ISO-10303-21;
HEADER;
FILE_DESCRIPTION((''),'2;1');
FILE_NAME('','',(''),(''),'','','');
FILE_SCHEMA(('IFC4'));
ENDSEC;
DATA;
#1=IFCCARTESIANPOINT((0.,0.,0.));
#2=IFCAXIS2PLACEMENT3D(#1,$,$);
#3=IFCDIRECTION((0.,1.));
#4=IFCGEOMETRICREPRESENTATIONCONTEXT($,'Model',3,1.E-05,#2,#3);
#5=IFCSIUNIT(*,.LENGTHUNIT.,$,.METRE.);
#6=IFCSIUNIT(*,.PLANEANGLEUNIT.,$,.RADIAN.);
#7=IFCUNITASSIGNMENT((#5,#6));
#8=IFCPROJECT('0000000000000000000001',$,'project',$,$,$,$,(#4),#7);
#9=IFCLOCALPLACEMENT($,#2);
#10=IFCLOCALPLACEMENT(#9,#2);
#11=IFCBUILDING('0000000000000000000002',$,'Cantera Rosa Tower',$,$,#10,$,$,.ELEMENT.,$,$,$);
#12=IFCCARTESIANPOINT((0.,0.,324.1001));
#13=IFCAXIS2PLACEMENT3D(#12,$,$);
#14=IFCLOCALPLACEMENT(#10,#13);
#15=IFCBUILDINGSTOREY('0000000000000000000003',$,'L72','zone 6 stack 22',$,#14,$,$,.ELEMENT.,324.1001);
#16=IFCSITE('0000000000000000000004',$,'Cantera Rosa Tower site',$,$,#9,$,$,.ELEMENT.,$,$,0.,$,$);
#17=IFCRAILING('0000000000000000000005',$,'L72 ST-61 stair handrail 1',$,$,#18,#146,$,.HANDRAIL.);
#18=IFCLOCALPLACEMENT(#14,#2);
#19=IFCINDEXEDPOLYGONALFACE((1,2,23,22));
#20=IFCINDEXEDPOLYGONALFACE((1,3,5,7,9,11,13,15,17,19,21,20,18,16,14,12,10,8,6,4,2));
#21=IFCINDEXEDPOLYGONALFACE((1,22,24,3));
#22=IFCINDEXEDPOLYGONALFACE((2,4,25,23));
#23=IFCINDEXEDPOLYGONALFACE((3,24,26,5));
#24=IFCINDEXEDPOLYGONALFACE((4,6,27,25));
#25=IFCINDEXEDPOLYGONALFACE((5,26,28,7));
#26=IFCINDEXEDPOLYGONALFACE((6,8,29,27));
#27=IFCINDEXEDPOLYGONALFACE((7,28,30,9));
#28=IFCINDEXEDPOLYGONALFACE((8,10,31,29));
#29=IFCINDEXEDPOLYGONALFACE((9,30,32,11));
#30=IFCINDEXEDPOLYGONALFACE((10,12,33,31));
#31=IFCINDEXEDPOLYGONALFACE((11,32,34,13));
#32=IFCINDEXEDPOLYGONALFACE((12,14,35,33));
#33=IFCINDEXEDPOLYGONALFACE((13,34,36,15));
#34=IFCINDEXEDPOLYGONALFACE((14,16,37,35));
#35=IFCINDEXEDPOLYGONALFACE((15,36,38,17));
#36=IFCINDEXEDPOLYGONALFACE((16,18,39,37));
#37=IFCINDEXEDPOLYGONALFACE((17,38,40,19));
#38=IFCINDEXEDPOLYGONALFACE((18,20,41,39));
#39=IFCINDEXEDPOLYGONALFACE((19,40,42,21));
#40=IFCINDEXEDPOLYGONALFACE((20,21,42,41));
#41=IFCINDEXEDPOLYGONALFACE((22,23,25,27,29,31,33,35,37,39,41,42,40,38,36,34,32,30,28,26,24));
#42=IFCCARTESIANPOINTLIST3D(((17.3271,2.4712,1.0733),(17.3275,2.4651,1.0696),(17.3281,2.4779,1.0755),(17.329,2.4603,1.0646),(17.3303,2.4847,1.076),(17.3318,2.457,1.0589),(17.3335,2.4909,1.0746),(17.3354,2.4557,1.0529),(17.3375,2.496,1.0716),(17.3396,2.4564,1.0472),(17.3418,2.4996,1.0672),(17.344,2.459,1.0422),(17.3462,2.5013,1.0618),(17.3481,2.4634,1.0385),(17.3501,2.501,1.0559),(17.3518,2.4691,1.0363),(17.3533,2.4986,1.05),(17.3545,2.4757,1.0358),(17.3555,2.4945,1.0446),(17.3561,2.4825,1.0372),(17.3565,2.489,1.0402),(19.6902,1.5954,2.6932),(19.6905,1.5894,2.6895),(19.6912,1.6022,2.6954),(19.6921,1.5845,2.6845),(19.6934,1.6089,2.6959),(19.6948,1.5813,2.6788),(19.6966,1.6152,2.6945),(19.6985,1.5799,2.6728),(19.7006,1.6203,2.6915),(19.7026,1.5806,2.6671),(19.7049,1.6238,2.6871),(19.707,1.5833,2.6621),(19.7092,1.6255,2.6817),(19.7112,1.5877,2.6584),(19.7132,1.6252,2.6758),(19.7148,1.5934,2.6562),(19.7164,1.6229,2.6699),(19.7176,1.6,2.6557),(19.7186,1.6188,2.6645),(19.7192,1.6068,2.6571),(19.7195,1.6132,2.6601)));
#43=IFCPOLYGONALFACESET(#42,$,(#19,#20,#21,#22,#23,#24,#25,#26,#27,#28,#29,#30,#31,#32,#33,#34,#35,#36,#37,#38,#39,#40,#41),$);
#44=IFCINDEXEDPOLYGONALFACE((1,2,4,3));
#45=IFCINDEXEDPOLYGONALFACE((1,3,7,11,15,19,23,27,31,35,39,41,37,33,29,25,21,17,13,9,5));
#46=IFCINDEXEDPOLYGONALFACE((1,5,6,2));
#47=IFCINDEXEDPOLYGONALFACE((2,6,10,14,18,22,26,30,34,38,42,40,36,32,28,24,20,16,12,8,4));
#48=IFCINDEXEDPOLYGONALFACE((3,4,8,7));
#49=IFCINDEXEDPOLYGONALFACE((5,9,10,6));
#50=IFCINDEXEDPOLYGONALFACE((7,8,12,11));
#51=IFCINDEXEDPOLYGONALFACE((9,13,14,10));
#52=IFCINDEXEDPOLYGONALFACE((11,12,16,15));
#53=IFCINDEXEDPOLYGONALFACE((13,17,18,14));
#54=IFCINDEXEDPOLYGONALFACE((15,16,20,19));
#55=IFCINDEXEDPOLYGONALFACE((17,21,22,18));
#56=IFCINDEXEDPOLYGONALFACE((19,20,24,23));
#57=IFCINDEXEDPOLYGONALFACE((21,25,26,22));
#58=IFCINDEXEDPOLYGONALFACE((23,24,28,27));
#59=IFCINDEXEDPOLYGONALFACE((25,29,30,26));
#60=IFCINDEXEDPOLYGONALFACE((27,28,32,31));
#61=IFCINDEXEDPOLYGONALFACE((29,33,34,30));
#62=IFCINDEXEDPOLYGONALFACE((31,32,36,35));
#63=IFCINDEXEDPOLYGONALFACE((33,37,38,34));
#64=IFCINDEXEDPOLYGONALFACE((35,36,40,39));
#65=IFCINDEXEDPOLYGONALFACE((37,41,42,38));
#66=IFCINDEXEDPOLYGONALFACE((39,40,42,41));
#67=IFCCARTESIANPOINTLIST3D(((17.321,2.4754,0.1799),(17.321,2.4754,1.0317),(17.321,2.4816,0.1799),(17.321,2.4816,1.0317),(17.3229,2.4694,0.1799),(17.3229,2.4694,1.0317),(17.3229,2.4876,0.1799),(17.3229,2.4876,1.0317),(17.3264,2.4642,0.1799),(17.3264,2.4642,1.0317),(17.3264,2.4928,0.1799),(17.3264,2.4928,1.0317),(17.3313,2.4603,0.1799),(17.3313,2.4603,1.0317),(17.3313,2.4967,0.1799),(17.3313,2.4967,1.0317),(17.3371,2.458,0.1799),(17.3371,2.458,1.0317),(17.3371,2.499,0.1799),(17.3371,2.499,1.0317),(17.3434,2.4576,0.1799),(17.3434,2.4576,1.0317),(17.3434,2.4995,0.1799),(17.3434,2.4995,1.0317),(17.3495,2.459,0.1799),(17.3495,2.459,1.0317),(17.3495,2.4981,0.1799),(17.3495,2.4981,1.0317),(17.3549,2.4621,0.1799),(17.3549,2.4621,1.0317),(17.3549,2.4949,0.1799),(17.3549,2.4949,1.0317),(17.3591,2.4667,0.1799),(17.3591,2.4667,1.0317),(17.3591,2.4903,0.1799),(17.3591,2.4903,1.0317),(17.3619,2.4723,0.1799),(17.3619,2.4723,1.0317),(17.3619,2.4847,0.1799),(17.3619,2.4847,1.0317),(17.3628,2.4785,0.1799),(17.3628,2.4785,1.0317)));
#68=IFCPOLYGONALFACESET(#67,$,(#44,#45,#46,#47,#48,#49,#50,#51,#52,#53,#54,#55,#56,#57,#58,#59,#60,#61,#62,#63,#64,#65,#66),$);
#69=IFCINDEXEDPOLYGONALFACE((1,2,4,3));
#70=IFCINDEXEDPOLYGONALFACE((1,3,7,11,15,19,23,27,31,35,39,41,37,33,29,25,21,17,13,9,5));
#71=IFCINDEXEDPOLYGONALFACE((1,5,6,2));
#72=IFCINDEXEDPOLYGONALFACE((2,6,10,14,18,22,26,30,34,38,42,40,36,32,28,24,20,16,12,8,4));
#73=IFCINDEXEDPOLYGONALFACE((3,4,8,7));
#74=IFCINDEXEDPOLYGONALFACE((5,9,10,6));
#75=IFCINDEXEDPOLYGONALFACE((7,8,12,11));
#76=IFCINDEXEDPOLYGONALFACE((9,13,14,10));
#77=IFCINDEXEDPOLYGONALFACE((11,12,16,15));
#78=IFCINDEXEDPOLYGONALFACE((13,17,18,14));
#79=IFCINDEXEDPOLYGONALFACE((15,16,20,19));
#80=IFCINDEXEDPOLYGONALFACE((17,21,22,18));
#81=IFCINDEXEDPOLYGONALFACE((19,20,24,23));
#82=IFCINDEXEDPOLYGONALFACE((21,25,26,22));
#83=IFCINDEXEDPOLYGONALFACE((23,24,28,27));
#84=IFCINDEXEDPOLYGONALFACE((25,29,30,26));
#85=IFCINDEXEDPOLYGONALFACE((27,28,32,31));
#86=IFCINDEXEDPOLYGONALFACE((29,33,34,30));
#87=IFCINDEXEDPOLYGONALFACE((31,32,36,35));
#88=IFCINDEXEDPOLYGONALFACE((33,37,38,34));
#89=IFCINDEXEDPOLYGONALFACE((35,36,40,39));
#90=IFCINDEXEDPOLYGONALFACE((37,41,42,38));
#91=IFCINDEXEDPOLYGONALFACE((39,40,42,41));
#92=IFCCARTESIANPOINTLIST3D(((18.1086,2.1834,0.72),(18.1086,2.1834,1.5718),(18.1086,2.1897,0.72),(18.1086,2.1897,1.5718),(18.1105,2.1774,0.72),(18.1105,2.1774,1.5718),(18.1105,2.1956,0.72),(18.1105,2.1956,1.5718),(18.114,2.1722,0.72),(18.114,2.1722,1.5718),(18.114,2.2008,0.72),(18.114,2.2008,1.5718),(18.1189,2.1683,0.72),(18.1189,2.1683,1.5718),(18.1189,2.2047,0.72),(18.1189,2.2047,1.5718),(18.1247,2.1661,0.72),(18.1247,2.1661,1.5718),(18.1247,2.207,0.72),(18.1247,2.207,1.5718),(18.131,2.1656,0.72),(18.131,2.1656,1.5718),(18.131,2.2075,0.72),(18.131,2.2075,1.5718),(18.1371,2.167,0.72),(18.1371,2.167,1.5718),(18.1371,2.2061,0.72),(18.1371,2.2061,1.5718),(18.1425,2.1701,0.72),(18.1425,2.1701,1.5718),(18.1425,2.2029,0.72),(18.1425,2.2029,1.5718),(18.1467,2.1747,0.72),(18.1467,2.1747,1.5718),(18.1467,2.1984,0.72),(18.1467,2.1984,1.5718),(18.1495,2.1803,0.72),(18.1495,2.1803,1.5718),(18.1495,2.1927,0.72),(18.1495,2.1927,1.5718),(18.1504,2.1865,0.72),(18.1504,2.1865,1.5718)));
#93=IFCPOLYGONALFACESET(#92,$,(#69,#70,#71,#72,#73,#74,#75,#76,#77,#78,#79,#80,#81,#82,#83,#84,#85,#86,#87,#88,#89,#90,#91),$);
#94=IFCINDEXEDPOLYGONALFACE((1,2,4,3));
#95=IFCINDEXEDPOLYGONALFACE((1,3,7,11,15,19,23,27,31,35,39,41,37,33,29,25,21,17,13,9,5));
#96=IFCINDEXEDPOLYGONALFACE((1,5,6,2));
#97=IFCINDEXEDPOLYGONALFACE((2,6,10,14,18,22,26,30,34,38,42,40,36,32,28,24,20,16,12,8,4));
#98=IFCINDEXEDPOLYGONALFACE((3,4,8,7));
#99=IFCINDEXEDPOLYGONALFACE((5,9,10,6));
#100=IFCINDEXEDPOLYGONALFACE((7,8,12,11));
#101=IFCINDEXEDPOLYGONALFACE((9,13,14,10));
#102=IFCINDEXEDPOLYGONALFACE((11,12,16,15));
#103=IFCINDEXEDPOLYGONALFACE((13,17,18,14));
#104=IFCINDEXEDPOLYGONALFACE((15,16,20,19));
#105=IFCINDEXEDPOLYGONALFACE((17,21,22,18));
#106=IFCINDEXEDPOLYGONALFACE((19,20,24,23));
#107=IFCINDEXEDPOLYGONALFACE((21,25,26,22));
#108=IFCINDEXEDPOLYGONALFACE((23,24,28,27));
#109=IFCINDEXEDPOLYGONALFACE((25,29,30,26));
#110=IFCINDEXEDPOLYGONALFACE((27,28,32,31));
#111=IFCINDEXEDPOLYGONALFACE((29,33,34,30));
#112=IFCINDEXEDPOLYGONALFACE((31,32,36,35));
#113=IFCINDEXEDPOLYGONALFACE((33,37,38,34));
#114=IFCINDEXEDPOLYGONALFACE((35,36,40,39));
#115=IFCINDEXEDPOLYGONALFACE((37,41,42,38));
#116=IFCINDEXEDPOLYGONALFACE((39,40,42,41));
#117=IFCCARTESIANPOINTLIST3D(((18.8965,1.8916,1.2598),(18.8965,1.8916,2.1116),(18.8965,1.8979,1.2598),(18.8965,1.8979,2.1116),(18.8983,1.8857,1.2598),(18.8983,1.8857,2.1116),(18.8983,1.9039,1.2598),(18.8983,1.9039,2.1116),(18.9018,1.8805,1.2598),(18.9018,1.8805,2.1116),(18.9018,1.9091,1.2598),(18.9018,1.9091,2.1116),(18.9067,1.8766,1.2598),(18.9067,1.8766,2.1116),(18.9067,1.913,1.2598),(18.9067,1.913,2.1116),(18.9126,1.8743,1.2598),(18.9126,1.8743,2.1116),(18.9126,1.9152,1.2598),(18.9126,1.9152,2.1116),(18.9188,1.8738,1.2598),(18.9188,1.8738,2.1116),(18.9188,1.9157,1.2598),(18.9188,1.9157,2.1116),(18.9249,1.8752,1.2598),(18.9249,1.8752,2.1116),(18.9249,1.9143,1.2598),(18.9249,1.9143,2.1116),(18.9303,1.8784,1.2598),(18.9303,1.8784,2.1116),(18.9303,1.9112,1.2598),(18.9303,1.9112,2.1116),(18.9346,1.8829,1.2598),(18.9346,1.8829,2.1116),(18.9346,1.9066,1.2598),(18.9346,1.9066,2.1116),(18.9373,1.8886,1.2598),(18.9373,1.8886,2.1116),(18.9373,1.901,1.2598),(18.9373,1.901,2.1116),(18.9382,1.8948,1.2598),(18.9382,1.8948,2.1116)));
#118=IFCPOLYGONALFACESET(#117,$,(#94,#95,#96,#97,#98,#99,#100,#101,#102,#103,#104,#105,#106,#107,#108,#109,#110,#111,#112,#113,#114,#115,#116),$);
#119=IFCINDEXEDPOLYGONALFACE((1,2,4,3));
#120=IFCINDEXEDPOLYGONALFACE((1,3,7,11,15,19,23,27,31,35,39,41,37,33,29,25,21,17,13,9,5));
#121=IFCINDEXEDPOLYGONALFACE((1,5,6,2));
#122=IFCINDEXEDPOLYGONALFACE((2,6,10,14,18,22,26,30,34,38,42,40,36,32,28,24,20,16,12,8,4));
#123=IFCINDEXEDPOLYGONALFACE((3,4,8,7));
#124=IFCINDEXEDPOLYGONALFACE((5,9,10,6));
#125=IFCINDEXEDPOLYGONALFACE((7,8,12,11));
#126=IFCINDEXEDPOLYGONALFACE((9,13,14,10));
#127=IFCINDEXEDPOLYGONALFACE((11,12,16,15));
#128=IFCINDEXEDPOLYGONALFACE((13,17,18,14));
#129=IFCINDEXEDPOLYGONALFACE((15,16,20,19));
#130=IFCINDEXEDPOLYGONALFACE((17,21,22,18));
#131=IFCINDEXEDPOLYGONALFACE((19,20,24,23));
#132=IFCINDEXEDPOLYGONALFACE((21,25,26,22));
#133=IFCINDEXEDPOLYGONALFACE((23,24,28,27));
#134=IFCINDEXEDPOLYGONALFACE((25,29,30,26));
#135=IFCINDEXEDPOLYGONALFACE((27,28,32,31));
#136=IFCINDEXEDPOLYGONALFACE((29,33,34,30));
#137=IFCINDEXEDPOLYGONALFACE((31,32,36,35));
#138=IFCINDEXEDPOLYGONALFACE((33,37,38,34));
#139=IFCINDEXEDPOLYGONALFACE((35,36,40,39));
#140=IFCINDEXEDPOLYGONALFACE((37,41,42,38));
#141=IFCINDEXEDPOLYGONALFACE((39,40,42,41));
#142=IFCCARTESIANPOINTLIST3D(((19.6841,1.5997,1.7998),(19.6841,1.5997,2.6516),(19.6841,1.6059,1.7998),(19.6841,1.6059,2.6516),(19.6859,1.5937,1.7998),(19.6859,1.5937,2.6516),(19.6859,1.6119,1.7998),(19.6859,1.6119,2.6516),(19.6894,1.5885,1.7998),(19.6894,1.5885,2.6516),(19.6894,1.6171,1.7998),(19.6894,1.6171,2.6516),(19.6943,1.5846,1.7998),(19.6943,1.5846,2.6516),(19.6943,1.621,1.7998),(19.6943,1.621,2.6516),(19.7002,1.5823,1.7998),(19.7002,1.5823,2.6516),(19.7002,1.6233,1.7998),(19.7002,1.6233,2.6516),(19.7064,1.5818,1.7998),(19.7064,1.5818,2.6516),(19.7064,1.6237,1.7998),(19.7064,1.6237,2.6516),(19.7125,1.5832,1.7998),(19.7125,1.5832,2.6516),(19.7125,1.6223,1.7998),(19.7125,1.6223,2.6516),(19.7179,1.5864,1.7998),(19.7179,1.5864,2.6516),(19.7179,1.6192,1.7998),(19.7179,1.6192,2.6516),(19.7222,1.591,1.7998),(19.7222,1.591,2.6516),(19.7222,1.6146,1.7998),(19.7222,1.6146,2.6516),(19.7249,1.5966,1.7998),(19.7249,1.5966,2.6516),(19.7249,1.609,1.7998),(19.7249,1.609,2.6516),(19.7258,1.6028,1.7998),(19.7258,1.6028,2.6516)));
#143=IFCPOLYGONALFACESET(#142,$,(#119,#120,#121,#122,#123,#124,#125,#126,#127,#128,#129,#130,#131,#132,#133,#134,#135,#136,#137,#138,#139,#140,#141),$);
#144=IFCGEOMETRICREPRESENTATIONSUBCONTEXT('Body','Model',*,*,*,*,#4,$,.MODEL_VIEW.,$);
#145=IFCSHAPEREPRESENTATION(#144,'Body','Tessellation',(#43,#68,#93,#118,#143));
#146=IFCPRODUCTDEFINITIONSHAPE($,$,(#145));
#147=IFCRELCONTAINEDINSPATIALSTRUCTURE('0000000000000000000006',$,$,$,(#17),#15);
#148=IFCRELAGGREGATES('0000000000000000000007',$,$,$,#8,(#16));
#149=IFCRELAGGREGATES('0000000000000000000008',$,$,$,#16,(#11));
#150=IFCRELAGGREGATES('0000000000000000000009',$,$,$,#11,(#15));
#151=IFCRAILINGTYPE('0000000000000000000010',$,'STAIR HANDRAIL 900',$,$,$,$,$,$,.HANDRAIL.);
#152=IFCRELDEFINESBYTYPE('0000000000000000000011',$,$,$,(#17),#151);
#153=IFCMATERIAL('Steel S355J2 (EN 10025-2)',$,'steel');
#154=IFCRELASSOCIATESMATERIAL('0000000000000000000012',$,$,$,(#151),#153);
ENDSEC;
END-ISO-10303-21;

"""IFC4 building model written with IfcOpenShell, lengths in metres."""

from ifc_helpers import new_model, si_unit, direction, frame, origin, origin_2d, place, context, subcontext, project, spatial, circle, extrude, material, type_object, element, save


model = new_model("IFC4")

# Units and contexts
model_context = context("Model", 3, precision=1e-05, world=origin(), true_north=direction((0.0, 1.0)))
body_context = subcontext(model_context, "Body", "Model", "MODEL_VIEW")
ifc_project = project(units=[si_unit("LENGTHUNIT", "METRE"), si_unit("PLANEANGLEUNIT", "RADIAN")], contexts=[model_context])

# Site, building, storey
site_placement = place(None, origin())
site = spatial("IfcSite", under=ifc_project, at=site_placement, Name="Cantera Rosa Tower site", CompositionType="ELEMENT", RefElevation=0.0)
building_placement = place(site_placement, origin())
building = spatial("IfcBuilding", under=site, at=building_placement, Name="Cantera Rosa Tower", CompositionType="ELEMENT")
storey_placement = place(building_placement, frame((0.0, 0.0, 324.1001)))
storey = spatial("IfcBuildingStorey", under=building, at=storey_placement, Name="L72", Description="zone 6 stack 22", CompositionType="ELEMENT", Elevation=324.1001)

# Railing
ifc_material_1 = material(Name="Steel S355J2 (EN 10025-2)", Category="steel")
railing_type_1 = type_object("IfcRailingType", Name="STAIR HANDRAIL 900", PredefinedType="HANDRAIL", material=ifc_material_1)
railing_1_placement = place(storey_placement, frame((17.3418, 2.4785, 0.1799)))
element("IfcRailing", 1, at=railing_1_placement, inside=storey, type_object=railing_type_1, Name="L72 ST-61 stair handrail 1", PredefinedType="HANDRAIL", context=body_context, shape_type="SweptSolid", body=[
    extrude(circle(Radius=0.0239, at=origin_2d()), frame((0.0, 0.0, 0.876), z_axis=(0.788782, -0.29232, 0.540714), x_axis=(0.347501, 0.93768, 0.0)), (0.0, 0.0, 1.0), 2.9958),
    extrude(circle(Radius=0.021, at=origin_2d()), origin(), (0.0, 0.0, 1.0), 0.8518),
    extrude(circle(Radius=0.021, at=origin_2d()), frame((0.7876, -0.292, 0.54)), (0.0, 0.0, 1.0), 0.8518),
    extrude(circle(Radius=0.021, at=origin_2d()), frame((1.5754, -0.5837, 1.0798)), (0.0, 0.0, 1.0), 0.8518),
    extrude(circle(Radius=0.021, at=origin_2d()), frame((2.363, -0.8757, 1.6199)), (0.0, 0.0, 1.0), 0.8518),
])

save(model, "model.ifc")
